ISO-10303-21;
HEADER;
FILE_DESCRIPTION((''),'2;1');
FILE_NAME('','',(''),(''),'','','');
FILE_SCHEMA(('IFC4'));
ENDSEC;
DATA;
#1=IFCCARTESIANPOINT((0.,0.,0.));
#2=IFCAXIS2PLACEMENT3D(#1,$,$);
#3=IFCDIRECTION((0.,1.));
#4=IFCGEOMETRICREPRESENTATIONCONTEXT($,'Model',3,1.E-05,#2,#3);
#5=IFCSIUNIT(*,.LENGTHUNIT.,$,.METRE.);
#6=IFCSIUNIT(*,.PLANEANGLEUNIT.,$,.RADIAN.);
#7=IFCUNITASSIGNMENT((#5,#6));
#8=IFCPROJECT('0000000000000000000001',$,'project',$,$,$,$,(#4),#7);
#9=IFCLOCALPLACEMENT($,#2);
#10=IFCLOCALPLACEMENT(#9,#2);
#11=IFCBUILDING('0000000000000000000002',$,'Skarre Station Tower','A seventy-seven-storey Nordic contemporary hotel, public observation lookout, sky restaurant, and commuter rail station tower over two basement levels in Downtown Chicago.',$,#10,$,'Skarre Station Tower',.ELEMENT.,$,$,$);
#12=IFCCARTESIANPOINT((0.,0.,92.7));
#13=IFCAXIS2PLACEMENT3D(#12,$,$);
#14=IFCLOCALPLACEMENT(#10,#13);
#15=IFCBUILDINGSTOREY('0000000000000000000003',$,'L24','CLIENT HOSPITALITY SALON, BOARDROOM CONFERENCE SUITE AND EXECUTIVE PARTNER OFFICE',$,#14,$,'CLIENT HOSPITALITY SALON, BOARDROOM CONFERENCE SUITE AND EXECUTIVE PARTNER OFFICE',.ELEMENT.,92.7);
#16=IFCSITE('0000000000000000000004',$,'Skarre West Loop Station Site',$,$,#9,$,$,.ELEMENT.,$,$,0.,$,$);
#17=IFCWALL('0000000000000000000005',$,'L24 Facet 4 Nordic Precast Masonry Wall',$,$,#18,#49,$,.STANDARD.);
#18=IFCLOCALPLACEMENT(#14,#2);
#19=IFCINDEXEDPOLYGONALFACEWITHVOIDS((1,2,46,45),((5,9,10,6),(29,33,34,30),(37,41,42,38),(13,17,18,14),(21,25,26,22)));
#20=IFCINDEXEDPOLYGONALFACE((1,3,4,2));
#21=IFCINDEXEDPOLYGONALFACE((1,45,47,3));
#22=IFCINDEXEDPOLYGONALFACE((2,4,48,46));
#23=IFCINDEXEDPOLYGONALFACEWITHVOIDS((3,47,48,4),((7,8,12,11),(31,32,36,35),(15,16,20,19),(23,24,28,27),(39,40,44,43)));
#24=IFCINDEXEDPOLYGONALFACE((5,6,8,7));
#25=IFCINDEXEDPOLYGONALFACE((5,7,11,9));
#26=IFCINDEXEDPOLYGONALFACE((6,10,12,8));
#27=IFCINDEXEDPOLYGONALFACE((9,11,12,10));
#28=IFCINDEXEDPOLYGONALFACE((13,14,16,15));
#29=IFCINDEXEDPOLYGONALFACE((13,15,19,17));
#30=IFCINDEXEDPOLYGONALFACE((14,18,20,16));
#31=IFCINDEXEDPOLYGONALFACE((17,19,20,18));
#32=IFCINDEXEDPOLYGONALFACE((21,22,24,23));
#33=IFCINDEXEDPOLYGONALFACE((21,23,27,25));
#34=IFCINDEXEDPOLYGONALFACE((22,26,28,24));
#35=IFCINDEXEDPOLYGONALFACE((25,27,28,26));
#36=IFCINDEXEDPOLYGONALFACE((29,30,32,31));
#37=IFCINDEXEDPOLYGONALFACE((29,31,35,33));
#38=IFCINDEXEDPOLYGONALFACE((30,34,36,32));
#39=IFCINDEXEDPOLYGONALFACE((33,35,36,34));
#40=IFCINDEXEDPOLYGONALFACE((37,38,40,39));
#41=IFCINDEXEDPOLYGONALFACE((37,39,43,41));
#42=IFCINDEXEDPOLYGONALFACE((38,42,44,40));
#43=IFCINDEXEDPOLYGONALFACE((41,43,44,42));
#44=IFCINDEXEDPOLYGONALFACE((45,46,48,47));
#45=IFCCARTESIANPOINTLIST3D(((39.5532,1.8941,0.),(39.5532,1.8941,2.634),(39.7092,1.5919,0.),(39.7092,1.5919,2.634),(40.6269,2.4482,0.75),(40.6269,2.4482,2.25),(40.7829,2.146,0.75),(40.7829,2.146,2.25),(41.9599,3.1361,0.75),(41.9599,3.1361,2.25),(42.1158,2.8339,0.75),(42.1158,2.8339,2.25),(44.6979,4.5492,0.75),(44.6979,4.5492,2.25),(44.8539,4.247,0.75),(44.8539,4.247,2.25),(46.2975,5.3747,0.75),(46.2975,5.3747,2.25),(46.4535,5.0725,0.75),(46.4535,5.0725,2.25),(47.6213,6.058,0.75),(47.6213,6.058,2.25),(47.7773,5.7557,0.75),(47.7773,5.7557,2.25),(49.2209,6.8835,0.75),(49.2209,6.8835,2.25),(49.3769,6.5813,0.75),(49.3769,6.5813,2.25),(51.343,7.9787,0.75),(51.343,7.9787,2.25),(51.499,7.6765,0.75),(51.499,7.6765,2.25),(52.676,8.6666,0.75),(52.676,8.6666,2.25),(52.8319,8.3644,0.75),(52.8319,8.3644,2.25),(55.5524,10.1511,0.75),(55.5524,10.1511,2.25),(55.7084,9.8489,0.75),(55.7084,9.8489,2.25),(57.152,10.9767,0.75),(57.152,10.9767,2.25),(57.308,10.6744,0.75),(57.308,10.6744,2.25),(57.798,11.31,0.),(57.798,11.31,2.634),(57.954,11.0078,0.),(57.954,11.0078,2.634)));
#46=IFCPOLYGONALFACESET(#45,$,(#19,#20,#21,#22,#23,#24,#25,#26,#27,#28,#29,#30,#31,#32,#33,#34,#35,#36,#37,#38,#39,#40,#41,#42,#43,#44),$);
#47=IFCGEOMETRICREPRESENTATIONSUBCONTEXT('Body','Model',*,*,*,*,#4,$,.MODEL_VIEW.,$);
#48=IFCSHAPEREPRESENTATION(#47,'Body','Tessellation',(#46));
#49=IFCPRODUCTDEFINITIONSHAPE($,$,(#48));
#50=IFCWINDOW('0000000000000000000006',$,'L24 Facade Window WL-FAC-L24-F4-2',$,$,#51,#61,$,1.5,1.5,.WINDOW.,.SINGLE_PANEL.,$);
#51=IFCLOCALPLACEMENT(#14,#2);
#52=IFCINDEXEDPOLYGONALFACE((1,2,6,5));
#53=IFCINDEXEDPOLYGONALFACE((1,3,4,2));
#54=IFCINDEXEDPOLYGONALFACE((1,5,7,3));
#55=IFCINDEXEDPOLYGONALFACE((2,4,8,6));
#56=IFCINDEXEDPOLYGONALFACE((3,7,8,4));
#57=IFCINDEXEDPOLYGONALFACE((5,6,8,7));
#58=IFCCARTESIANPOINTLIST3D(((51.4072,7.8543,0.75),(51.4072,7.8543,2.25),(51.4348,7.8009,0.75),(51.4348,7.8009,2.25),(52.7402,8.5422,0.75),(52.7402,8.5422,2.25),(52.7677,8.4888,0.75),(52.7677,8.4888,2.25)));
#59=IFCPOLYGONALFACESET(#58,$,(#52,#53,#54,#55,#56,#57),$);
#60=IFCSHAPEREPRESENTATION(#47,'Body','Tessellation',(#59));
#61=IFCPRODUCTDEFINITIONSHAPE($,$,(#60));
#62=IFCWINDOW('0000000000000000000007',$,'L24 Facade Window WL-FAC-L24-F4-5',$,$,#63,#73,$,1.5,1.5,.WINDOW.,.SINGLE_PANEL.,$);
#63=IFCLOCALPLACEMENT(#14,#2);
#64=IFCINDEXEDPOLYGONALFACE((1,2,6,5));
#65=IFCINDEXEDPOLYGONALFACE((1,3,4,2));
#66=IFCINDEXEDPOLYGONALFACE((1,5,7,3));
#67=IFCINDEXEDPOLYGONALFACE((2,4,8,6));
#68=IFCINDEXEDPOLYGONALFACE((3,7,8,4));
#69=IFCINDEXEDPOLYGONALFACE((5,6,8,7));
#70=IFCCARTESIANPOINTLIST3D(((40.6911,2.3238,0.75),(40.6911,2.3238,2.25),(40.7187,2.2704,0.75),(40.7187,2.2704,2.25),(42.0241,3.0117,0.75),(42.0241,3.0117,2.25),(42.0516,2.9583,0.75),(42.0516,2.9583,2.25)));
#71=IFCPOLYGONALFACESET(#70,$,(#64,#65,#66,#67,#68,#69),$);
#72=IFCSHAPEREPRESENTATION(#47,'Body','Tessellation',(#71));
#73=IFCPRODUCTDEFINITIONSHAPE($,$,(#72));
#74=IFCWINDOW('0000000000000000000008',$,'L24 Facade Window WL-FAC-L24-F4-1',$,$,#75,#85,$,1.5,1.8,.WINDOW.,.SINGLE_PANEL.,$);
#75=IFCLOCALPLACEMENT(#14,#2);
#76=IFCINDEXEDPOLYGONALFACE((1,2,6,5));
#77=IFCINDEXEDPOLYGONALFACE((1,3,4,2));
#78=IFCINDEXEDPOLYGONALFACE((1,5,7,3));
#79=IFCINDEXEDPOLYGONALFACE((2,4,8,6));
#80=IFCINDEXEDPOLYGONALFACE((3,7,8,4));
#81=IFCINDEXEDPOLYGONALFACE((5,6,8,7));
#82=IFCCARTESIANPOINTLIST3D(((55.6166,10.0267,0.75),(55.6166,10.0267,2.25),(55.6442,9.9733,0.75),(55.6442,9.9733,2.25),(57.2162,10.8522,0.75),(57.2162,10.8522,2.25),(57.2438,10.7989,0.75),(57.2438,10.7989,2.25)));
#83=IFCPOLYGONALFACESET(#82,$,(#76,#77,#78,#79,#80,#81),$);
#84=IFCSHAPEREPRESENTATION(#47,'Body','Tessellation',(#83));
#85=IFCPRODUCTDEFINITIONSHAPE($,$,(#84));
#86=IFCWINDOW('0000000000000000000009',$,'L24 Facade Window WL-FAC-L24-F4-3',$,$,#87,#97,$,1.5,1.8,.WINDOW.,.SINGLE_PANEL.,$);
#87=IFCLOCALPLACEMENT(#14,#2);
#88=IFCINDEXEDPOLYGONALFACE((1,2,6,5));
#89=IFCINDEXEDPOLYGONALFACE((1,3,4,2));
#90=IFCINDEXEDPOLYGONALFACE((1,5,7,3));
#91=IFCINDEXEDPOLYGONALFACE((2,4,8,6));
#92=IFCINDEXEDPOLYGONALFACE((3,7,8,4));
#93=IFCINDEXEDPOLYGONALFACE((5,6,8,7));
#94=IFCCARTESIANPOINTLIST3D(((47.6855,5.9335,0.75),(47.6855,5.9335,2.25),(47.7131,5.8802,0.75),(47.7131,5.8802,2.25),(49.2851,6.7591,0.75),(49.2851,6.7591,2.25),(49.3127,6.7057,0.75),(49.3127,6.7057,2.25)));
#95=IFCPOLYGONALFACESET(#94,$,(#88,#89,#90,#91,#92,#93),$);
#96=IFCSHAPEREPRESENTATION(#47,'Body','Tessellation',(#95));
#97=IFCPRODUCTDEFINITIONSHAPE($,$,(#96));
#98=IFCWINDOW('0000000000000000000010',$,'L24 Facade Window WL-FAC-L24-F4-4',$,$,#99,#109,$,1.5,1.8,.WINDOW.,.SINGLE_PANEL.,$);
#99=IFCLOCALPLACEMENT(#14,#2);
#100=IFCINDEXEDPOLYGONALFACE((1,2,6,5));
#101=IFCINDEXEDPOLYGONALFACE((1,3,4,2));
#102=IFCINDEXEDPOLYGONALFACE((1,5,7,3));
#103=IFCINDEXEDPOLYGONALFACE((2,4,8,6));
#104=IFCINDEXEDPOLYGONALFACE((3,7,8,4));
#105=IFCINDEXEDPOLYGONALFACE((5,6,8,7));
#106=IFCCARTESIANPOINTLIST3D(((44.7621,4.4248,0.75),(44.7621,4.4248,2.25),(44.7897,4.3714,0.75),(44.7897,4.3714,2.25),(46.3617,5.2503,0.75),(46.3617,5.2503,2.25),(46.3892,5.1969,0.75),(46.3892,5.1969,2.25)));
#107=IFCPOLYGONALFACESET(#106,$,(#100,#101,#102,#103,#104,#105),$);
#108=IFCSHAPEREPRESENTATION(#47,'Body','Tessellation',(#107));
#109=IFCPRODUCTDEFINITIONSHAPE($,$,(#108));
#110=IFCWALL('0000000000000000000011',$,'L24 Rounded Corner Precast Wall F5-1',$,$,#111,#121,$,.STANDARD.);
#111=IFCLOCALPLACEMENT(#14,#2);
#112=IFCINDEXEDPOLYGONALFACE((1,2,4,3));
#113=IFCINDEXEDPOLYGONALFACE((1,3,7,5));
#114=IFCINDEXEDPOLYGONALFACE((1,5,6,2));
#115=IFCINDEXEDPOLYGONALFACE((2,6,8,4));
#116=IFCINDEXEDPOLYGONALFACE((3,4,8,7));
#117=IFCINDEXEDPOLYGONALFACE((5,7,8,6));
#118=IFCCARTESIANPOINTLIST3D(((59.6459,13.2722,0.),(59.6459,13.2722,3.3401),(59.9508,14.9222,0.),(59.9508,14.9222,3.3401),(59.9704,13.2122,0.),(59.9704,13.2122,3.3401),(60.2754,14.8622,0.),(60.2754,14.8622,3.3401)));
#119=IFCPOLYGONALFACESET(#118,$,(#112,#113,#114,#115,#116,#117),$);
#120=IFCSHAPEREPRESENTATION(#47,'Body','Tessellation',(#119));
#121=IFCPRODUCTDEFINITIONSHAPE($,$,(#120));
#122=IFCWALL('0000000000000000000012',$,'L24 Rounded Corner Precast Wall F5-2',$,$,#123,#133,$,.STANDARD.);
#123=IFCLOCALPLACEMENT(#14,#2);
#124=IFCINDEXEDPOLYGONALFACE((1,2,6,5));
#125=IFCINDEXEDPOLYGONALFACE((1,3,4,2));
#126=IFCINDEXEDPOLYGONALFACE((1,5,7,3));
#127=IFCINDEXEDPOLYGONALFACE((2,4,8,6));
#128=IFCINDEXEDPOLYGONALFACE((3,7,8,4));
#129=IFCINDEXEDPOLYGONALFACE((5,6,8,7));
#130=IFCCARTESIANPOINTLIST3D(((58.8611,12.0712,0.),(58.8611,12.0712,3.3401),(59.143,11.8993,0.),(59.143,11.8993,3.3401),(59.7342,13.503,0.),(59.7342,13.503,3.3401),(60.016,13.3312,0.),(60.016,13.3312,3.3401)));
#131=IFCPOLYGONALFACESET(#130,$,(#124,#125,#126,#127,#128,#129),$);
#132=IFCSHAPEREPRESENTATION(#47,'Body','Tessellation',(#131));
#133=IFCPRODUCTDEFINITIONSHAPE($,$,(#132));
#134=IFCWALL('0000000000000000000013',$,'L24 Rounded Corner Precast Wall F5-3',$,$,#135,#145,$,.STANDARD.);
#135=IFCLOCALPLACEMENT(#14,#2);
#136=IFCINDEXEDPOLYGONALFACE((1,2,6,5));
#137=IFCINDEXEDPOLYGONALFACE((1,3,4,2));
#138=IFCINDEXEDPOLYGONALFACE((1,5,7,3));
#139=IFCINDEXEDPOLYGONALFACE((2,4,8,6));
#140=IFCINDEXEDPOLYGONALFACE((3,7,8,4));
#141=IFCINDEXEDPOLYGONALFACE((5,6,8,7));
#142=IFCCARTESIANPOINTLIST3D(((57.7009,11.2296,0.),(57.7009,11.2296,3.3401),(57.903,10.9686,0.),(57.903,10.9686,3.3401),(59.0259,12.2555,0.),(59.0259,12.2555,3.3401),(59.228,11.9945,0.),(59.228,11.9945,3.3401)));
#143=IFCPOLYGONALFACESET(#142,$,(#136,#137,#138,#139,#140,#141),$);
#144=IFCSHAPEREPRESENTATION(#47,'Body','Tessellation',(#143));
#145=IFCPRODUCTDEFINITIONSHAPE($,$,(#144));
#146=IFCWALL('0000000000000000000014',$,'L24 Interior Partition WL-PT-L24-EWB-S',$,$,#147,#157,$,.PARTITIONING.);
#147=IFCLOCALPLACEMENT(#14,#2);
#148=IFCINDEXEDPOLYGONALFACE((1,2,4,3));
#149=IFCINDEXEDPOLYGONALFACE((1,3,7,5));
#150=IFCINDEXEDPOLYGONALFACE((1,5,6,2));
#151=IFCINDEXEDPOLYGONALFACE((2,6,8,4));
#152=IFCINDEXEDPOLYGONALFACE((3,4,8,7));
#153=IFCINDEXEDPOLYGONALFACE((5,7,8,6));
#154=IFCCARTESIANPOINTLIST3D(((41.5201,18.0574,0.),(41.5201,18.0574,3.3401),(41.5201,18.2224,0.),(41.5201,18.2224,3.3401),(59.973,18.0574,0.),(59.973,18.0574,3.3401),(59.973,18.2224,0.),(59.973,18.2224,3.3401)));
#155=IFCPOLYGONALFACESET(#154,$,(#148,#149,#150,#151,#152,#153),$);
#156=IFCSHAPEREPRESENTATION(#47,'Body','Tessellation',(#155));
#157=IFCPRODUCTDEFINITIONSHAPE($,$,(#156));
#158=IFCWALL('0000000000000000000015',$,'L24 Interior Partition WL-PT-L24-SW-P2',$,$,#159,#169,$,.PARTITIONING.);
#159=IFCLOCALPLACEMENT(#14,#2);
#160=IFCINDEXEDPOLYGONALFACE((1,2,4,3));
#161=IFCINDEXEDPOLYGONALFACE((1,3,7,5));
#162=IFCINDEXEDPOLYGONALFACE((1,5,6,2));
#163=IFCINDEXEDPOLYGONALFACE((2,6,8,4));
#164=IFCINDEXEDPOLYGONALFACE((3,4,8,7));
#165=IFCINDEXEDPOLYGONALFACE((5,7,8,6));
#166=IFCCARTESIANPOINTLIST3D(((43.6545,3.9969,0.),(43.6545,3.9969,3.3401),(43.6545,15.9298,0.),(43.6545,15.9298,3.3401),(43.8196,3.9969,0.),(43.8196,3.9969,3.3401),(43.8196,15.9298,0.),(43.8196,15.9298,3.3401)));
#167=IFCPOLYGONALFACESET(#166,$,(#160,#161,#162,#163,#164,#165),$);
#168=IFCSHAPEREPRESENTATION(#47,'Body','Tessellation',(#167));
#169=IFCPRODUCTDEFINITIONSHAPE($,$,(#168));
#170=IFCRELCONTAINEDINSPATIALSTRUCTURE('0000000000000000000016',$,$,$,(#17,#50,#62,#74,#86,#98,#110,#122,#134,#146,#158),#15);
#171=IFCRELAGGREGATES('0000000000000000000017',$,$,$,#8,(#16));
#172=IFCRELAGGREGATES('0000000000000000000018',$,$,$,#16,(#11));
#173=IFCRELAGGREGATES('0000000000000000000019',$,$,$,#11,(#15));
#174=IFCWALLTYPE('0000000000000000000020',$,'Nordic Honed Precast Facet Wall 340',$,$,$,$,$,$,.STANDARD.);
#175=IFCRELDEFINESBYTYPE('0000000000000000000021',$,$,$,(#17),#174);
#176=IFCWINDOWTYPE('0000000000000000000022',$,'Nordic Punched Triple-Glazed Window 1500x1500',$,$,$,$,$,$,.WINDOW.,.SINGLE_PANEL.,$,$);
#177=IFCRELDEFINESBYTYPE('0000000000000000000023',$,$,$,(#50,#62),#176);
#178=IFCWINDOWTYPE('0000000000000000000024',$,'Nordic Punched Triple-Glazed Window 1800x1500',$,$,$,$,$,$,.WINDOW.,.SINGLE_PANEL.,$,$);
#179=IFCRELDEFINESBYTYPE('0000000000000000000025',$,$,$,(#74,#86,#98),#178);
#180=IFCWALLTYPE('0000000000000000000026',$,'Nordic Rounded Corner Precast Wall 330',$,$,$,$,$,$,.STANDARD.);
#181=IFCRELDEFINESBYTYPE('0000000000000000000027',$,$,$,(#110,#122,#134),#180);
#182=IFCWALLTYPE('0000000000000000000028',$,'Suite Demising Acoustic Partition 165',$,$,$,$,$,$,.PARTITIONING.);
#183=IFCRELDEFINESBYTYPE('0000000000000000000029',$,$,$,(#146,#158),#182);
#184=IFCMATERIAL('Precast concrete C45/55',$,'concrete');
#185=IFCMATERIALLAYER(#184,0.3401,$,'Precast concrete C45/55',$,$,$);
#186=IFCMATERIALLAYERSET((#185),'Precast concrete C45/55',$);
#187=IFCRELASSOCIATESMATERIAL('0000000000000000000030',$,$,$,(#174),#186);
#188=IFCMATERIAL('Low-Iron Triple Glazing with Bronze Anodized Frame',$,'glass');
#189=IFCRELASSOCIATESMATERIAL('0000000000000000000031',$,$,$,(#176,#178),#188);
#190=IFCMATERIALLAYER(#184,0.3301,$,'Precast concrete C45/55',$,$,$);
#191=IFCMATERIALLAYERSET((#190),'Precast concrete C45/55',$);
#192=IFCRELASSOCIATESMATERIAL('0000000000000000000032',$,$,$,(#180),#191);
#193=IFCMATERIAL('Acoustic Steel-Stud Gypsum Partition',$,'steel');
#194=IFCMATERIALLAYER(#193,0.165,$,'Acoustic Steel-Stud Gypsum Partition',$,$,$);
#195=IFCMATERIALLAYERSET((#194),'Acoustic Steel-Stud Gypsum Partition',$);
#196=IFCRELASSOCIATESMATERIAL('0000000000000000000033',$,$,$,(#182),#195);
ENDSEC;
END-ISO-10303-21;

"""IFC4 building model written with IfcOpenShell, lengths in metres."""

from ifc_helpers import new_model, si_unit, direction, frame, frame_2d, origin, place, context, subcontext, project, spatial, rectangle, extrude, material, layer, layer_set, type_object, element, fill, save


model = new_model("IFC4")

# Units and contexts
model_context = context("Model", 3, precision=1e-05, world=origin(), true_north=direction((0.0, 1.0)))
body_context = subcontext(model_context, "Body", "Model", "MODEL_VIEW")
ifc_project = project(units=[si_unit("LENGTHUNIT", "METRE"), si_unit("PLANEANGLEUNIT", "RADIAN")], contexts=[model_context])

# Site, building, storey
site_placement = place(None, origin())
site = spatial("IfcSite", under=ifc_project, at=site_placement, Name="Skarre West Loop Station Site", CompositionType="ELEMENT", RefElevation=0.0)
building_placement = place(site_placement, origin())
building = spatial("IfcBuilding", under=site, at=building_placement, Name="Skarre Station Tower", Description="A seventy-seven-storey Nordic contemporary hotel, public observation lookout, sky restaurant, and commuter rail station tower over two basement levels in Downtown Chicago.", LongName="Skarre Station Tower", CompositionType="ELEMENT")
storey_placement = place(building_placement, frame((0.0, 0.0, 92.7)))
storey = spatial("IfcBuildingStorey", under=building, at=storey_placement, Name="L24", Description="CLIENT HOSPITALITY SALON, BOARDROOM CONFERENCE SUITE AND EXECUTIVE PARTNER OFFICE", LongName="CLIENT HOSPITALITY SALON, BOARDROOM CONFERENCE SUITE AND EXECUTIVE PARTNER OFFICE", CompositionType="ELEMENT", Elevation=92.7)

# Shared definitions
ifc_material_1 = material(Name="Acoustic Steel-Stud Gypsum Partition", Category="steel")

# Wall, openings, windows
ifc_material_2 = material(Name="Precast concrete C45/55", Category="concrete")
ifc_layer_1 = layer(ifc_material_2, 0.3401, Name="Precast concrete C45/55")
ifc_layer_set_1 = layer_set([ifc_layer_1], Name="Precast concrete C45/55")
wall_type_1 = type_object("IfcWallType", Name="Nordic Honed Precast Facet Wall 340", PredefinedType="STANDARD", material=ifc_layer_set_1)
wall_1_placement = place(storey_placement, frame((57.876, 11.1589, 0.0), z_axis=(0.0, 0.0, 1.0), x_axis=(-0.888634, -0.458616, 0.0)))
wall_1 = element("IfcWall", 1, at=wall_1_placement, inside=storey, type_object=wall_type_1, Name="L24 Facet 4 Nordic Precast Masonry Wall", PredefinedType="STANDARD", context=body_context, shape_type="SweptSolid", body=[
    extrude(rectangle(XDim=20.5312, YDim=0.3401, at=frame_2d((10.2656, 0.0))), origin(), (0.0, 0.0, 1.0), 2.634),
])
opening_1_placement = place(wall_1_placement, frame((0.7271, 0.0, 0.75)))
opening_1 = element("IfcOpeningElement", 2, at=opening_1_placement, cuts=wall_1, PredefinedType="OPENING", context=body_context, shape_type="SweptSolid", body=[
    extrude(rectangle(XDim=1.8, YDim=1.5, at=frame_2d((0.8999, 0.75))), frame((0.0, 0.1799, 0.0), z_axis=(0.0, -1.0, 0.0), x_axis=(1.0, 0.0, 0.0)), (0.0, 0.0, 1.0), 0.3601),
])
opening_2_placement = place(wall_1_placement, frame((5.7639, 0.0, 0.75)))
opening_2 = element("IfcOpeningElement", 3, at=opening_2_placement, cuts=wall_1, PredefinedType="OPENING", context=body_context, shape_type="SweptSolid", body=[
    extrude(rectangle(XDim=1.5, YDim=1.5, at=frame_2d((0.75, 0.75))), frame((0.0, 0.1799, 0.0), z_axis=(0.0, -1.0, 0.0), x_axis=(1.0, 0.0, 0.0)), (0.0, 0.0, 1.0), 0.3601),
])
opening_3_placement = place(wall_1_placement, frame((9.6521, 0.0, 0.75)))
opening_3 = element("IfcOpeningElement", 4, at=opening_3_placement, cuts=wall_1, PredefinedType="OPENING", context=body_context, shape_type="SweptSolid", body=[
    extrude(rectangle(XDim=1.8, YDim=1.5, at=frame_2d((0.8999, 0.75))), frame((0.0, 0.1799, 0.0), z_axis=(0.0, -1.0, 0.0), x_axis=(1.0, 0.0, 0.0)), (0.0, 0.0, 1.0), 0.3601),
])
opening_4_placement = place(wall_1_placement, frame((12.9419, 0.0, 0.75)))
opening_4 = element("IfcOpeningElement", 5, at=opening_4_placement, cuts=wall_1, PredefinedType="OPENING", context=body_context, shape_type="SweptSolid", body=[
    extrude(rectangle(XDim=1.8, YDim=1.5, at=frame_2d((0.8999, 0.75))), frame((0.0, 0.1799, 0.0), z_axis=(0.0, -1.0, 0.0), x_axis=(1.0, 0.0, 0.0)), (0.0, 0.0, 1.0), 0.3601),
])
opening_5_placement = place(wall_1_placement, frame((17.823, 0.0, 0.75)))
opening_5 = element("IfcOpeningElement", 6, at=opening_5_placement, cuts=wall_1, PredefinedType="OPENING", context=body_context, shape_type="SweptSolid", body=[
    extrude(rectangle(XDim=1.5, YDim=1.5, at=frame_2d((0.75, 0.75))), frame((0.0, 0.1799, 0.0), z_axis=(0.0, -1.0, 0.0), x_axis=(1.0, 0.0, 0.0)), (0.0, 0.0, 1.0), 0.3601),
])
ifc_material_3 = material(Name="Low-Iron Triple Glazing with Bronze Anodized Frame", Category="glass")
window_type_1 = type_object("IfcWindowType", Name="Nordic Punched Triple-Glazed Window 1500x1500", PartitioningType="SINGLE_PANEL", PredefinedType="WINDOW", material=ifc_material_3)
window_1_placement = place(opening_2_placement, origin())
window_1 = element("IfcWindow", 7, at=window_1_placement, inside=storey, type_object=window_type_1, Name="L24 Facade Window WL-FAC-L24-F4-2", OverallHeight=1.5, OverallWidth=1.5, PartitioningType="SINGLE_PANEL", PredefinedType="WINDOW", context=body_context, shape_type="SweptSolid", body=[
    extrude(rectangle(XDim=1.5, YDim=1.5, at=frame_2d((0.75, 0.75))), frame((0.0, 0.03, 0.0), z_axis=(0.0, -1.0, 0.0), x_axis=(1.0, 0.0, 0.0)), (0.0, 0.0, 1.0), 0.0601),
])
fill(opening_2, window_1)
window_2_placement = place(opening_5_placement, origin())
window_2 = element("IfcWindow", 8, at=window_2_placement, inside=storey, type_object=window_type_1, Name="L24 Facade Window WL-FAC-L24-F4-5", OverallHeight=1.5, OverallWidth=1.5, PartitioningType="SINGLE_PANEL", PredefinedType="WINDOW", context=body_context, shape_type="SweptSolid", body=[
    extrude(rectangle(XDim=1.5, YDim=1.5, at=frame_2d((0.75, 0.75))), frame((0.0, 0.03, 0.0), z_axis=(0.0, -1.0, 0.0), x_axis=(1.0, 0.0, 0.0)), (0.0, 0.0, 1.0), 0.0601),
])
fill(opening_5, window_2)
window_type_2 = type_object("IfcWindowType", Name="Nordic Punched Triple-Glazed Window 1800x1500", PartitioningType="SINGLE_PANEL", PredefinedType="WINDOW", material=ifc_material_3)
window_3_placement = place(opening_1_placement, origin())
window_3 = element("IfcWindow", 9, at=window_3_placement, inside=storey, type_object=window_type_2, Name="L24 Facade Window WL-FAC-L24-F4-1", OverallHeight=1.5, OverallWidth=1.8, PartitioningType="SINGLE_PANEL", PredefinedType="WINDOW", context=body_context, shape_type="SweptSolid", body=[
    extrude(rectangle(XDim=1.8, YDim=1.5, at=frame_2d((0.8999, 0.75))), frame((0.0, 0.03, 0.0), z_axis=(0.0, -1.0, 0.0), x_axis=(1.0, 0.0, 0.0)), (0.0, 0.0, 1.0), 0.0601),
])
fill(opening_1, window_3)
window_4_placement = place(opening_3_placement, origin())
window_4 = element("IfcWindow", 10, at=window_4_placement, inside=storey, type_object=window_type_2, Name="L24 Facade Window WL-FAC-L24-F4-3", OverallHeight=1.5, OverallWidth=1.8, PartitioningType="SINGLE_PANEL", PredefinedType="WINDOW", context=body_context, shape_type="SweptSolid", body=[
    extrude(rectangle(XDim=1.8, YDim=1.5, at=frame_2d((0.8999, 0.75))), frame((0.0, 0.03, 0.0), z_axis=(0.0, -1.0, 0.0), x_axis=(1.0, 0.0, 0.0)), (0.0, 0.0, 1.0), 0.0601),
])
fill(opening_3, window_4)
window_5_placement = place(opening_4_placement, origin())
window_5 = element("IfcWindow", 11, at=window_5_placement, inside=storey, type_object=window_type_2, Name="L24 Facade Window WL-FAC-L24-F4-4", OverallHeight=1.5, OverallWidth=1.8, PartitioningType="SINGLE_PANEL", PredefinedType="WINDOW", context=body_context, shape_type="SweptSolid", body=[
    extrude(rectangle(XDim=1.8, YDim=1.5, at=frame_2d((0.8999, 0.75))), frame((0.0, 0.03, 0.0), z_axis=(0.0, -1.0, 0.0), x_axis=(1.0, 0.0, 0.0)), (0.0, 0.0, 1.0), 0.0601),
])
fill(opening_4, window_5)

# Walls
ifc_layer_2 = layer(ifc_material_2, 0.3301, Name="Precast concrete C45/55")
ifc_layer_set_2 = layer_set([ifc_layer_2], Name="Precast concrete C45/55")
wall_type_2 = type_object("IfcWallType", Name="Nordic Rounded Corner Precast Wall 330", PredefinedType="STANDARD", material=ifc_layer_set_2)
wall_2_placement = place(storey_placement, frame((60.113, 14.8921, 0.0), z_axis=(0.0, 0.0, 1.0), x_axis=(-0.181714, -0.983351, 0.0)))
element("IfcWall", 12, at=wall_2_placement, inside=storey, type_object=wall_type_2, Name="L24 Rounded Corner Precast Wall F5-1", PredefinedType="STANDARD", context=body_context, shape_type="SweptSolid", body=[
    extrude(rectangle(XDim=1.678, YDim=0.3301, at=frame_2d((0.8389, 0.0))), origin(), (0.0, 0.0, 1.0), 3.3401),
])
wall_3_placement = place(storey_placement, frame((59.875, 13.417, 0.0), z_axis=(0.0, 0.0, 1.0), x_axis=(-0.520584, -0.85381, 0.0)))
element("IfcWall", 13, at=wall_3_placement, inside=storey, type_object=wall_type_2, Name="L24 Rounded Corner Precast Wall F5-2", PredefinedType="STANDARD", context=body_context, shape_type="SweptSolid", body=[
    extrude(rectangle(XDim=1.677, YDim=0.3301, at=frame_2d((0.8384, 0.0))), origin(), (0.0, 0.0, 1.0), 3.3401),
])
wall_4_placement = place(storey_placement, frame((59.127, 12.125, 0.0), z_axis=(0.0, 0.0, 1.0), x_axis=(-0.790692, -0.612214, 0.0)))
element("IfcWall", 14, at=wall_4_placement, inside=storey, type_object=wall_type_2, Name="L24 Rounded Corner Precast Wall F5-3", PredefinedType="STANDARD", context=body_context, shape_type="SweptSolid", body=[
    extrude(rectangle(XDim=1.6758, YDim=0.3301, at=frame_2d((0.8379, 0.0))), origin(), (0.0, 0.0, 1.0), 3.3401),
])
ifc_layer_3 = layer(ifc_material_1, 0.165, Name="Acoustic Steel-Stud Gypsum Partition")
ifc_layer_set_3 = layer_set([ifc_layer_3], Name="Acoustic Steel-Stud Gypsum Partition")
wall_type_3 = type_object("IfcWallType", Name="Suite Demising Acoustic Partition 165", PredefinedType="PARTITIONING", material=ifc_layer_set_3)
wall_5_placement = place(storey_placement, frame((41.52, 18.1399, 0.0), z_axis=(0.0, 0.0, 1.0), x_axis=(1.0, 0.0, 0.0)))
element("IfcWall", 15, at=wall_5_placement, inside=storey, type_object=wall_type_3, Name="L24 Interior Partition WL-PT-L24-EWB-S", PredefinedType="PARTITIONING", context=body_context, shape_type="SweptSolid", body=[
    extrude(rectangle(XDim=18.4529, YDim=0.165, at=frame_2d((9.2266, 0.0))), origin(), (0.0, 0.0, 1.0), 3.3401),
])
wall_6_placement = place(storey_placement, frame((43.7371, 3.9971, 0.0), z_axis=(0.0, 0.0, 1.0), x_axis=(0.0, 1.0, 0.0)))
element("IfcWall", 16, at=wall_6_placement, inside=storey, type_object=wall_type_3, Name="L24 Interior Partition WL-PT-L24-SW-P2", PredefinedType="PARTITIONING", context=body_context, shape_type="SweptSolid", body=[
    extrude(rectangle(XDim=11.9329, YDim=0.165, at=frame_2d((5.9663, 0.0))), origin(), (0.0, 0.0, 1.0), 3.3401),
])

save(model, "model.ifc")
